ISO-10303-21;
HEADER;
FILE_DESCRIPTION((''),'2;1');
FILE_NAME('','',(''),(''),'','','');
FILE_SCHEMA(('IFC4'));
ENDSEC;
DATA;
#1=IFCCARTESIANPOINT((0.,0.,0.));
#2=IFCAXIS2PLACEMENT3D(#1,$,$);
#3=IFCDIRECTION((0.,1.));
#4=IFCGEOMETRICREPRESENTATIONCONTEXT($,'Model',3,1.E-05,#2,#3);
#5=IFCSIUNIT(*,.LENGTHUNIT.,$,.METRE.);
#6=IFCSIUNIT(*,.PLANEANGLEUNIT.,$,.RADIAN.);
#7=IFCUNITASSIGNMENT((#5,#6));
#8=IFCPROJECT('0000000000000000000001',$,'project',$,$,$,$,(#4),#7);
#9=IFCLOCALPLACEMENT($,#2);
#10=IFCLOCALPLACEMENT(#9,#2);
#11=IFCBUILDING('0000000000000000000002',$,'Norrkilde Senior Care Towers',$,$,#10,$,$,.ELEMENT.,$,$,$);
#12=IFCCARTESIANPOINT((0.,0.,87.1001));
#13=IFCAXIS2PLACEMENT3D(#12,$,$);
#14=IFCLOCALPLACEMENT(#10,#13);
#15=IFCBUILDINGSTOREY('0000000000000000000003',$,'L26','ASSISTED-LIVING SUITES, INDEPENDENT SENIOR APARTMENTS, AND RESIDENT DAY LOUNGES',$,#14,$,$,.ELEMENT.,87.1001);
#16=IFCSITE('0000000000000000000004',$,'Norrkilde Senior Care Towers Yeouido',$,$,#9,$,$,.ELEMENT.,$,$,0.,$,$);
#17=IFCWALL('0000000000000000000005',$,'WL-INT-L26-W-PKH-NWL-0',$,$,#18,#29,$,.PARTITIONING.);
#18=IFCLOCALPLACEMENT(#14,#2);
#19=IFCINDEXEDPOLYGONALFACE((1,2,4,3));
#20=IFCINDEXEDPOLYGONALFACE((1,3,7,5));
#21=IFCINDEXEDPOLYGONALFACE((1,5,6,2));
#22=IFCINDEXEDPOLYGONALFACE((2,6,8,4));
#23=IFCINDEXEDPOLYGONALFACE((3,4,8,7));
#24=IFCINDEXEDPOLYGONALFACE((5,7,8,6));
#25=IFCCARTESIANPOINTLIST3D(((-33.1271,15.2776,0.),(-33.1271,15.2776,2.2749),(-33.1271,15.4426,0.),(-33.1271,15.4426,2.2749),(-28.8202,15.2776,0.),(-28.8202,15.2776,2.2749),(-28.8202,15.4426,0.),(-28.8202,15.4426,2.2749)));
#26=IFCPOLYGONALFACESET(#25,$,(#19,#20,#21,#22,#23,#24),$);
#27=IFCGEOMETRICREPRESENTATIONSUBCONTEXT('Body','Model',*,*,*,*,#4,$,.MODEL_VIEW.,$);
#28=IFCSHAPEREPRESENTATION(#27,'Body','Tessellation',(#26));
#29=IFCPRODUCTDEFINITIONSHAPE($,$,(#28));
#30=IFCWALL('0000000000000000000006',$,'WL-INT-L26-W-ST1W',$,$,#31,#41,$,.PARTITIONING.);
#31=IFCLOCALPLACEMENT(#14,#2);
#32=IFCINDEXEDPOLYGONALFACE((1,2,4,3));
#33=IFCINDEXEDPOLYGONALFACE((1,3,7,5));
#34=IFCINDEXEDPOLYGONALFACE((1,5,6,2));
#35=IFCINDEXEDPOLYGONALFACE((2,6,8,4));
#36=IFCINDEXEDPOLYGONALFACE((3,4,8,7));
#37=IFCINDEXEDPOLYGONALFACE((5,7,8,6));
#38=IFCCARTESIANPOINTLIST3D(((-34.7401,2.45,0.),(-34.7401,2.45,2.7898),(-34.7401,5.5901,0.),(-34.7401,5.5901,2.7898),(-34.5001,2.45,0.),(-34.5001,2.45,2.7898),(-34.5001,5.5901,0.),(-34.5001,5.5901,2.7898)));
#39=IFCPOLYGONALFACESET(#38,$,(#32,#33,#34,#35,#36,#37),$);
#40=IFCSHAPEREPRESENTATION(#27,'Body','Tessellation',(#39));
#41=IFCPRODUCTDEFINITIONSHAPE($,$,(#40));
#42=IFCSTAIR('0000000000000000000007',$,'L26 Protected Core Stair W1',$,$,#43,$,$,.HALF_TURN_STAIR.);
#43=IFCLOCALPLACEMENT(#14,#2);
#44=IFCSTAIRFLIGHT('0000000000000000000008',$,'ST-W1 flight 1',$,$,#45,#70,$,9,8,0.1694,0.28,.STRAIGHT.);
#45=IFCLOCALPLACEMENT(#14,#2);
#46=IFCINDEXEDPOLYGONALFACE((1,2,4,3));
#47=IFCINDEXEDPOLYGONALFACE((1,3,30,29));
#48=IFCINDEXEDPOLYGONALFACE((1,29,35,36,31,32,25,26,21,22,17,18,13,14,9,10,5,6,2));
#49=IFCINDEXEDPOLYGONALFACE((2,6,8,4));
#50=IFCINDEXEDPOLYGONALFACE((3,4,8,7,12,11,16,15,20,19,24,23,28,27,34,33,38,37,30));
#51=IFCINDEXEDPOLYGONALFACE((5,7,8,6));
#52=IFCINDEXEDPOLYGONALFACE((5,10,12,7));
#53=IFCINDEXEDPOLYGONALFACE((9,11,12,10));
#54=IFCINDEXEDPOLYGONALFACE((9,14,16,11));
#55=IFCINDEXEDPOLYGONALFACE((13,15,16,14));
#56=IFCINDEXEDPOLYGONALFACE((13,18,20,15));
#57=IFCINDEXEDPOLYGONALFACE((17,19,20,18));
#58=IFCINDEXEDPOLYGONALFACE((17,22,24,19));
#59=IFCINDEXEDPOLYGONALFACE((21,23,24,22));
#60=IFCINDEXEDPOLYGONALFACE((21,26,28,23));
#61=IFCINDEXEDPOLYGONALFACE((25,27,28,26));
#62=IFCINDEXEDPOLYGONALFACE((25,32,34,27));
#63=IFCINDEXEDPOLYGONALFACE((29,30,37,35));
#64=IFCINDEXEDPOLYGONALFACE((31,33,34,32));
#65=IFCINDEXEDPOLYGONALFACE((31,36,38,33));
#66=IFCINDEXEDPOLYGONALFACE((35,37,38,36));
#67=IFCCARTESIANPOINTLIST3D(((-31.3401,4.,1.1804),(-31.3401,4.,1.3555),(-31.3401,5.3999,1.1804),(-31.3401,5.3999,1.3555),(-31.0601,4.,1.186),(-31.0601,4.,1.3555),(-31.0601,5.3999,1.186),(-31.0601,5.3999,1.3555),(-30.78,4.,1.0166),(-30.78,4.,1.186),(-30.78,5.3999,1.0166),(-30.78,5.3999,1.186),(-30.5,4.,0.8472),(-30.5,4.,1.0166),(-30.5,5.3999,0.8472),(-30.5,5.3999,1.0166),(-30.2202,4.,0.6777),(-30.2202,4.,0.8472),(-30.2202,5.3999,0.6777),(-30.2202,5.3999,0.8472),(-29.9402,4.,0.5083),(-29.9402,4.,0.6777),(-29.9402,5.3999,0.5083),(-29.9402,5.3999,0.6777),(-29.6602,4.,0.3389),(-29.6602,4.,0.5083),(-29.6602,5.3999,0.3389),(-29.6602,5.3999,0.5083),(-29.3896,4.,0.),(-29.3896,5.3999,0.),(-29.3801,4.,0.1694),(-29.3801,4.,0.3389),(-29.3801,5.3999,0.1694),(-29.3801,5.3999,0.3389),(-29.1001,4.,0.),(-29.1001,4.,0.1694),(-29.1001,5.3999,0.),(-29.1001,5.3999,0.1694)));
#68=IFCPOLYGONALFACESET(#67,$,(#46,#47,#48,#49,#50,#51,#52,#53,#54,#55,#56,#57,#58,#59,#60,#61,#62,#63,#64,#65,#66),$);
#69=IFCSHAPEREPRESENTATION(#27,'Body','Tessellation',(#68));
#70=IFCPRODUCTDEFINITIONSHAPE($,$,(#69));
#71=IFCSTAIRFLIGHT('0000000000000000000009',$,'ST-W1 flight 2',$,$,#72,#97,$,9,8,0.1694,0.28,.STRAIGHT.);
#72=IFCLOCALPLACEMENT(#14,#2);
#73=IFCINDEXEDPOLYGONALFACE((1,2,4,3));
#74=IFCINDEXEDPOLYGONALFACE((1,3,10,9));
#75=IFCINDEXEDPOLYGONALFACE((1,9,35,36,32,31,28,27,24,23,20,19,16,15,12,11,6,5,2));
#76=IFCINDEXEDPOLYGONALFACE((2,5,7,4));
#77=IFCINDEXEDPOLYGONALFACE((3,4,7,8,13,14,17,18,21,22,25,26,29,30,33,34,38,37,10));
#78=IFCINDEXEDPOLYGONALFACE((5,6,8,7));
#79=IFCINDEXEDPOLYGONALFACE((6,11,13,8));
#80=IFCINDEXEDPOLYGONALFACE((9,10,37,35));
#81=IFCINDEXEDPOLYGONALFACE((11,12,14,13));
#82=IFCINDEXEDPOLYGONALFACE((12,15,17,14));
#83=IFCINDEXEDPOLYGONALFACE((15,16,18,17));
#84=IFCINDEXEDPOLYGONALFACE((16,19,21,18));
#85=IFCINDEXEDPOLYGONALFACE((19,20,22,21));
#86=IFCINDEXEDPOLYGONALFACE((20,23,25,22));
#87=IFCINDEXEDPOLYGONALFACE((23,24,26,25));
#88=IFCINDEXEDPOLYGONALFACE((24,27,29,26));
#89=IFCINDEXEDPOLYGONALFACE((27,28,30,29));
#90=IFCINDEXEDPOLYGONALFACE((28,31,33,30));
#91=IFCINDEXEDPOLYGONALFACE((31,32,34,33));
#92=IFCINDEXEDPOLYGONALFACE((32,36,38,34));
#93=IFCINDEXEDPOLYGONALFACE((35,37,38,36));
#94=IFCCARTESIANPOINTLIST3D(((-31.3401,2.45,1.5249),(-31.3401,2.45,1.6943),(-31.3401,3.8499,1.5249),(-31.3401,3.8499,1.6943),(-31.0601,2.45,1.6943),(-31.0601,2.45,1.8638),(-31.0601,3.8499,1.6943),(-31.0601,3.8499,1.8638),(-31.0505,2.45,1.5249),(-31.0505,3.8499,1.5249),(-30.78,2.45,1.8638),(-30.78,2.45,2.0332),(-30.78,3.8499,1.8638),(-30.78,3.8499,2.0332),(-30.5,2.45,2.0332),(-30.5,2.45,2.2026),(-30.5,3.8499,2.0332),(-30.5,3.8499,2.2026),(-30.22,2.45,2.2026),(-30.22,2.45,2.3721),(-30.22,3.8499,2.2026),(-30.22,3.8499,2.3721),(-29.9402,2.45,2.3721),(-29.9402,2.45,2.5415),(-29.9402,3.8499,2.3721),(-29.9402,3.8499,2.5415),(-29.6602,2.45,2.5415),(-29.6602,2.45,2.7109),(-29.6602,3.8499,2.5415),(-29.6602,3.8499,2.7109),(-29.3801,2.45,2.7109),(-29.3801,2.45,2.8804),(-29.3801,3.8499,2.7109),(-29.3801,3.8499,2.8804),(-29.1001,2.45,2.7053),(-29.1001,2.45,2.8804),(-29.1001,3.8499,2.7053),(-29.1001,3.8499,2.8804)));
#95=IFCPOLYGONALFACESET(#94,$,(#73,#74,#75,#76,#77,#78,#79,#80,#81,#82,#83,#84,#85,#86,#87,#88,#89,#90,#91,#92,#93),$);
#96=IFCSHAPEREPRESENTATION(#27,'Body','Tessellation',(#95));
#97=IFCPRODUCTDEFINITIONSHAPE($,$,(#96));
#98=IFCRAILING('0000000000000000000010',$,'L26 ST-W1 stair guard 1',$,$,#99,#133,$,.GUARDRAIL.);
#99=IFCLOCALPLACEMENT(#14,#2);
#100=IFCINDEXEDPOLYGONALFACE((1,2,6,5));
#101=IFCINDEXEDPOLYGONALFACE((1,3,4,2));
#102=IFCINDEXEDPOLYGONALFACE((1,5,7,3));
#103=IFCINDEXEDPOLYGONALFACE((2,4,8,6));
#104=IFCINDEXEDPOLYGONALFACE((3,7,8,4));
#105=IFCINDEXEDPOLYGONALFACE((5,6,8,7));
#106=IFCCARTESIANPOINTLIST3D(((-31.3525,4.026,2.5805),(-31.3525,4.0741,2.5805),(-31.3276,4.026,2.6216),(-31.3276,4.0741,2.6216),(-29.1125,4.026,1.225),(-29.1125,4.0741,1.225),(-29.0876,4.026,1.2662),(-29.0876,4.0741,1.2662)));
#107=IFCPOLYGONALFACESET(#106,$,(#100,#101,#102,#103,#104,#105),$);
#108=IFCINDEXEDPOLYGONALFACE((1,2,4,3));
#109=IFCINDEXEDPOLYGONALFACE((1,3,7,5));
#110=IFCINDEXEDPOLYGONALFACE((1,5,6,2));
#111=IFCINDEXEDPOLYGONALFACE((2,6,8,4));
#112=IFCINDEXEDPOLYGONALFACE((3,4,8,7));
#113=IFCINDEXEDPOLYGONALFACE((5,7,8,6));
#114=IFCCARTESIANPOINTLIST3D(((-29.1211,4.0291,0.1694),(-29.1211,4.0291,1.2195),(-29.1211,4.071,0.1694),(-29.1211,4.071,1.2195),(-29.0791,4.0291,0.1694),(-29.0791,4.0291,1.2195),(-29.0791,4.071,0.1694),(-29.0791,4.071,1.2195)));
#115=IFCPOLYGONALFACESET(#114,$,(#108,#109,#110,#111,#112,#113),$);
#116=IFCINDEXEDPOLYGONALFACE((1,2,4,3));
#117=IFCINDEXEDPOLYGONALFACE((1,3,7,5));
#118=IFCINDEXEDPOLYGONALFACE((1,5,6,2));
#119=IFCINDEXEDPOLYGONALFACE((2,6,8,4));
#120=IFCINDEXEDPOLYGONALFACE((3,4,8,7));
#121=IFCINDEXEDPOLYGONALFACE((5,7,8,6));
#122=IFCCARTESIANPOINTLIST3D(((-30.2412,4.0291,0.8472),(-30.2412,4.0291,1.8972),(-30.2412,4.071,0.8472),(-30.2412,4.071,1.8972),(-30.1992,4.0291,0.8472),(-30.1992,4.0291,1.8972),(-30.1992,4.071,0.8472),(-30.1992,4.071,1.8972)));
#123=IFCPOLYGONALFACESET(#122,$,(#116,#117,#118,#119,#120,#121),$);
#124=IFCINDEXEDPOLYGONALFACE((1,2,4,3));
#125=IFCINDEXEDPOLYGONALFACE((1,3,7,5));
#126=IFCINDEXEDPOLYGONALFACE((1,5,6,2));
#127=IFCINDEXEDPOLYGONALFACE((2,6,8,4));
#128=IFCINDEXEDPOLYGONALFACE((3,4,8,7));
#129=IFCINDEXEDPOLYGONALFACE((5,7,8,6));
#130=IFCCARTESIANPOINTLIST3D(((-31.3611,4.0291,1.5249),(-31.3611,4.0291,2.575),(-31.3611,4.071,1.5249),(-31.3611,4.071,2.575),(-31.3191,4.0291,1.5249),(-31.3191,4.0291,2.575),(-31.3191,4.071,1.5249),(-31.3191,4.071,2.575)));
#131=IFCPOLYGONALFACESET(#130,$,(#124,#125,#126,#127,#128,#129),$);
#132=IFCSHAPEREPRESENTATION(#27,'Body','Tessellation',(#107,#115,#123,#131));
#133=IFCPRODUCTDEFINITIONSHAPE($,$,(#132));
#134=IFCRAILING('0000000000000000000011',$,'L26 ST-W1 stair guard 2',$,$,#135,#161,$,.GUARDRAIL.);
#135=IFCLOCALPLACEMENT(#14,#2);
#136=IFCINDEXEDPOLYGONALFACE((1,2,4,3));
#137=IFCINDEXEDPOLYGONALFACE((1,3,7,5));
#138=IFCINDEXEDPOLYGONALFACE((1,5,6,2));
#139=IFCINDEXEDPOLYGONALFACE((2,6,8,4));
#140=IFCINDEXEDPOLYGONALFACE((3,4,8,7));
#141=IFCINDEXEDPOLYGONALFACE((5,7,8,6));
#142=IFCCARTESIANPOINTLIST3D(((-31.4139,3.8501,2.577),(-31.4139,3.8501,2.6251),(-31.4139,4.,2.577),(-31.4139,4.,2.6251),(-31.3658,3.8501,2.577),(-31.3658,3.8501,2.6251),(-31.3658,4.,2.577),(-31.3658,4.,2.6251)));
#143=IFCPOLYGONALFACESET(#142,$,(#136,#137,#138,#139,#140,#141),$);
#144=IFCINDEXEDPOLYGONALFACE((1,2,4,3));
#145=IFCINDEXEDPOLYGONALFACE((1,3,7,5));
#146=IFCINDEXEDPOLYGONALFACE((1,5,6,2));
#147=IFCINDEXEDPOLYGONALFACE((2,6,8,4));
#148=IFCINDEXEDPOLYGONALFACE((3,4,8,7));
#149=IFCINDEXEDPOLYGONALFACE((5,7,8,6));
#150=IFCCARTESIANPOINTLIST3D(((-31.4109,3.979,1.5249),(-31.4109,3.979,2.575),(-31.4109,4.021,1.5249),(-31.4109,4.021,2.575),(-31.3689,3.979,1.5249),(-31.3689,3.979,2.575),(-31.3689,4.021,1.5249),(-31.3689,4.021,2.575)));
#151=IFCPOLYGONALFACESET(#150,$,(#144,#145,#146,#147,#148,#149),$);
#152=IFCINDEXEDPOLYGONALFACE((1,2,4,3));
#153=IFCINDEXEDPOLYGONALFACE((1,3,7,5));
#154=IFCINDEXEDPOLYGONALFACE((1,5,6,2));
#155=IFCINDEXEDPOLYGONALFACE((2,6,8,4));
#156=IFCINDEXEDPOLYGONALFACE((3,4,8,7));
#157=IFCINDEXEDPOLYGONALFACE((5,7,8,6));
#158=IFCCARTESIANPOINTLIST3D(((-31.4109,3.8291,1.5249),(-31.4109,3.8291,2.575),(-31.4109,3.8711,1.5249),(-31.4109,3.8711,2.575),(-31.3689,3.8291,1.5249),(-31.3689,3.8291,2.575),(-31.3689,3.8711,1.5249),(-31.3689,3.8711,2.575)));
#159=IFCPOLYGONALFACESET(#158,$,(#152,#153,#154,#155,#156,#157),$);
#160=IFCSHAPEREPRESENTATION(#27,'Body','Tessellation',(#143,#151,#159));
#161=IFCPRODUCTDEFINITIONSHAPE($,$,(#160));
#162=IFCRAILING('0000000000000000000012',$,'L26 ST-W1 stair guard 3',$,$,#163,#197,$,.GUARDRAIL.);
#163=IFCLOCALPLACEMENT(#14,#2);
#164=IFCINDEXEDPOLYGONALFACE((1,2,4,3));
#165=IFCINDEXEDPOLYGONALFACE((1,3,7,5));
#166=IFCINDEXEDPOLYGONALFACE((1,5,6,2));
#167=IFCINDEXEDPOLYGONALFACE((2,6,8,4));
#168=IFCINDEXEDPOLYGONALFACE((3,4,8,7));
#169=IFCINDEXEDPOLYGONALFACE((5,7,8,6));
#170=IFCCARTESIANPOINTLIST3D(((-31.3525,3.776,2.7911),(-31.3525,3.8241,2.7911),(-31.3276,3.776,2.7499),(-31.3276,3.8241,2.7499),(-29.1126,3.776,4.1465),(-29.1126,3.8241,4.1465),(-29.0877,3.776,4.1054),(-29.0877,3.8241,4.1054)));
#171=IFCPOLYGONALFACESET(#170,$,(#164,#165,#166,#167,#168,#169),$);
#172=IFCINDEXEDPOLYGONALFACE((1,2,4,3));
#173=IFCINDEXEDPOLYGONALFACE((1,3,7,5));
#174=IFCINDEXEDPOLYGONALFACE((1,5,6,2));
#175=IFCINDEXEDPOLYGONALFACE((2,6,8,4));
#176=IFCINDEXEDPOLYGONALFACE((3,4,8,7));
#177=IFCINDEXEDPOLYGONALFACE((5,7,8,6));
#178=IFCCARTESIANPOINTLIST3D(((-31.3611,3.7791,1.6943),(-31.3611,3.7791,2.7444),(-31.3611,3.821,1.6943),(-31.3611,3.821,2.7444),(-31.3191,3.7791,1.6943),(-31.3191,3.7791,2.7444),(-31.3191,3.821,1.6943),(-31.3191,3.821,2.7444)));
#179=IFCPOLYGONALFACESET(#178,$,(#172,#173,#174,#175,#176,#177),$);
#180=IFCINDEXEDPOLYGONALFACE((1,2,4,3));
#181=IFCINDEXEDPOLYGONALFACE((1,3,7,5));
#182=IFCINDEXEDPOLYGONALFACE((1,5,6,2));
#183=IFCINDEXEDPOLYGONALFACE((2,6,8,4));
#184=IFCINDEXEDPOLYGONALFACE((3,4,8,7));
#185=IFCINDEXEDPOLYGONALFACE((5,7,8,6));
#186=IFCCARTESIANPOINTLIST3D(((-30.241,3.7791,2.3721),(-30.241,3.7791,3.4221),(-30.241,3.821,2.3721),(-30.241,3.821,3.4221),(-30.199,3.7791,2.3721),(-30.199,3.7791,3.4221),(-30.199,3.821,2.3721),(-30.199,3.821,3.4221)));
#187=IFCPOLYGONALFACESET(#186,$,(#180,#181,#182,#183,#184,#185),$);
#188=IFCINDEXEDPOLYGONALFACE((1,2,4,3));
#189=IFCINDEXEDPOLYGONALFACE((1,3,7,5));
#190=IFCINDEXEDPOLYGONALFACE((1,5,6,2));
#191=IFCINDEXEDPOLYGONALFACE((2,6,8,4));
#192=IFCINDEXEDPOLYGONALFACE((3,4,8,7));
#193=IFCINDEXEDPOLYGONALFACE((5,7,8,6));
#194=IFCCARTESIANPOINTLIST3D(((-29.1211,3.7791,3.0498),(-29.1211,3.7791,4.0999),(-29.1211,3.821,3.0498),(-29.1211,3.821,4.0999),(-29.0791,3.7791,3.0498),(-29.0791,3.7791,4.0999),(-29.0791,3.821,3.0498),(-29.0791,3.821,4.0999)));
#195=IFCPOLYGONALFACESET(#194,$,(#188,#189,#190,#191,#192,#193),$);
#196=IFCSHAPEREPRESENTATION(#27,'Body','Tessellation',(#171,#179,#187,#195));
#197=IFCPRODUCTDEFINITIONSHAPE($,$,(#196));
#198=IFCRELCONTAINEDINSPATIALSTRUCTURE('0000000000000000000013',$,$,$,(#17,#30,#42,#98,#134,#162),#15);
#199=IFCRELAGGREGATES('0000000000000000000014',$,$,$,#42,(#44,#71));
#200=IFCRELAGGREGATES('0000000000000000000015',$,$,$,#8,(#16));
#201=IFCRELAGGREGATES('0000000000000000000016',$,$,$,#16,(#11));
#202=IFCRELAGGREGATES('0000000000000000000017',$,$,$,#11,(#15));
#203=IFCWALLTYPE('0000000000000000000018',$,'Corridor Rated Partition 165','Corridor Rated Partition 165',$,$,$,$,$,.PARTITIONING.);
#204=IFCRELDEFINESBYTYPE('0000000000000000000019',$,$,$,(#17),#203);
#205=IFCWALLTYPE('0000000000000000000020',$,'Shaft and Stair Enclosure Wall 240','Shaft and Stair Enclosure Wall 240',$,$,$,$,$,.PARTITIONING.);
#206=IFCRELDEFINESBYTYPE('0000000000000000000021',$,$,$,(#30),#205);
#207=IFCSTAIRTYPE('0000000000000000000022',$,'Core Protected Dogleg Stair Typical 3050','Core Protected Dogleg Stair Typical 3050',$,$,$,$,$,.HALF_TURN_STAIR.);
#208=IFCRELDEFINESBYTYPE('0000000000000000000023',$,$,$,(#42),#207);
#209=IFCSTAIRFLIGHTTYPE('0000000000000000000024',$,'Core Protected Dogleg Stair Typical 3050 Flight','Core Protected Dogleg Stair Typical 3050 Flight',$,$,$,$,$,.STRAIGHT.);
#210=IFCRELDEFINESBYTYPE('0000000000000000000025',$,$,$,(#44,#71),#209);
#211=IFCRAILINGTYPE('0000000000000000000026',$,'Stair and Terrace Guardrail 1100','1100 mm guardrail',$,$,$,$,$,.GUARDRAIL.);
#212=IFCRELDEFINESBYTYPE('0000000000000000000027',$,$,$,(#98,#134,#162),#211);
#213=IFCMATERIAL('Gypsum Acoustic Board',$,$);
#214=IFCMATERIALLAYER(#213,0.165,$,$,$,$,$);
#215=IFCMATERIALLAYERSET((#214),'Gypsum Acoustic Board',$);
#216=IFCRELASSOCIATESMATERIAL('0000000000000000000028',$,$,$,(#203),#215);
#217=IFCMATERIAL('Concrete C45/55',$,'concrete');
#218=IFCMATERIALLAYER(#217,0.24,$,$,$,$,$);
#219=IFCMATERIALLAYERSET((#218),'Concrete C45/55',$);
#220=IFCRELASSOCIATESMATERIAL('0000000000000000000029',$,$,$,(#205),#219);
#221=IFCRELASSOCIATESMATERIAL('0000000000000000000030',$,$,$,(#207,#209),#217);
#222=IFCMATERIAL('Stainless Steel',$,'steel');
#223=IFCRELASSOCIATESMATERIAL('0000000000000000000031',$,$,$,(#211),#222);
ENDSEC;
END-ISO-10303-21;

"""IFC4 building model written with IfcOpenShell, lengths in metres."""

from ifc_helpers import new_model, si_unit, direction, frame, frame_2d, origin, origin_2d, place, context, subcontext, project, spatial, polyline, rectangle, outline, extrude, source, transform, mapped, material, layer, layer_set, type_object, type_shapes, element, aggregate, save


model = new_model("IFC4")

# Units and contexts
model_context = context("Model", 3, precision=1e-05, world=origin(), true_north=direction((0.0, 1.0)))
body_context = subcontext(model_context, "Body", "Model", "MODEL_VIEW")
ifc_project = project(units=[si_unit("LENGTHUNIT", "METRE"), si_unit("PLANEANGLEUNIT", "RADIAN")], contexts=[model_context])

# Site, building, storey
site_placement = place(None, origin())
site = spatial("IfcSite", under=ifc_project, at=site_placement, Name="Norrkilde Senior Care Towers Yeouido", CompositionType="ELEMENT", RefElevation=0.0)
building_placement = place(site_placement, origin())
building = spatial("IfcBuilding", under=site, at=building_placement, Name="Norrkilde Senior Care Towers", CompositionType="ELEMENT")
storey_placement = place(building_placement, frame((0.0, 0.0, 87.1001)))
storey = spatial("IfcBuildingStorey", under=building, at=storey_placement, Name="L26", Description="ASSISTED-LIVING SUITES, INDEPENDENT SENIOR APARTMENTS, AND RESIDENT DAY LOUNGES", CompositionType="ELEMENT", Elevation=87.1001)

# Shared definitions
ifc_material_1 = material(Name="Gypsum Acoustic Board")
ifc_layer_1 = layer(ifc_material_1, 0.165)
ifc_layer_set_1 = layer_set([ifc_layer_1], Name="Gypsum Acoustic Board")
wall_type_1 = type_object("IfcWallType", Name="Corridor Rated Partition 165", Description="Corridor Rated Partition 165", PredefinedType="PARTITIONING", material=ifc_layer_set_1)

# Walls
shared_shape_1 = source(origin(), body_context, "Body", "SweptSolid", [
    extrude(rectangle(XDim=4.3069, YDim=0.165, at=frame_2d((2.1533, 0.0))), origin(), (0.0, 0.0, 1.0), 2.2749),
])
wall_1_placement = place(storey_placement, frame((-33.127, 15.3601, 0.0), z_axis=(0.0, 0.0, 1.0), x_axis=(1.0, 0.0, 0.0)))
element("IfcWall", 1, at=wall_1_placement, inside=storey, type_object=wall_type_1, Name="WL-INT-L26-W-PKH-NWL-0", PredefinedType="PARTITIONING", context=body_context, shape_type="MappedRepresentation", body=[
    mapped(shared_shape_1, transform((0.0, 0.0, 0.0), x_axis=(1.0, 0.0, 0.0), y_axis=(0.0, 1.0, 0.0), z_axis=(0.0, 0.0, 1.0), scale=1.0)),
])
ifc_material_2 = material(Name="Concrete C45/55", Category="concrete")
ifc_layer_2 = layer(ifc_material_2, 0.24)
ifc_layer_set_2 = layer_set([ifc_layer_2], Name="Concrete C45/55")
wall_type_2 = type_object("IfcWallType", Name="Shaft and Stair Enclosure Wall 240", Description="Shaft and Stair Enclosure Wall 240", PredefinedType="PARTITIONING", material=ifc_layer_set_2)
shared_shape_2 = source(origin(), body_context, "Body", "SweptSolid", [
    extrude(rectangle(XDim=3.1401, YDim=0.24, at=frame_2d((1.5701, 0.0))), origin(), (0.0, 0.0, 1.0), 2.7898),
])
type_shapes(wall_type_2, [shared_shape_2])
wall_2_placement = place(storey_placement, frame((-34.6201, 2.45, 0.0), z_axis=(0.0, 0.0, 1.0), x_axis=(0.0, 1.0, 0.0)))
element("IfcWall", 2, at=wall_2_placement, inside=storey, type_object=wall_type_2, Name="WL-INT-L26-W-ST1W", PredefinedType="PARTITIONING", context=body_context, shape_type="MappedRepresentation", body=[
    mapped(shared_shape_2, transform((0.0, 0.0, 0.0), x_axis=(1.0, 0.0, 0.0), y_axis=(0.0, 1.0, 0.0), z_axis=(0.0, 0.0, 1.0), scale=1.0)),
])

# Stair, stair flights
stair_type = type_object("IfcStairType", Name="Core Protected Dogleg Stair Typical 3050", Description="Core Protected Dogleg Stair Typical 3050", PredefinedType="HALF_TURN_STAIR", material=ifc_material_2)
stair_placement = place(storey_placement, origin())
stair = element("IfcStair", 3, at=stair_placement, inside=storey, type_object=stair_type, Name="L26 Protected Core Stair W1", PredefinedType="HALF_TURN_STAIR")
stair_flight_type = type_object("IfcStairFlightType", Name="Core Protected Dogleg Stair Typical 3050 Flight", Description="Core Protected Dogleg Stair Typical 3050 Flight", PredefinedType="STRAIGHT", material=ifc_material_2)
stair_flight_1_placement = place(storey_placement, frame((-29.1001, 4.7, 0.0), z_axis=(0.0, 0.0, 1.0), x_axis=(-1.0, 0.0, 0.0)))
stair_flight_1 = element("IfcStairFlight", 4, at=stair_flight_1_placement, type_object=stair_flight_type, Name="ST-W1 flight 1", NumberOfRisers=9, NumberOfTreads=8, PredefinedType="STRAIGHT", RiserHeight=0.1694, TreadLength=0.28, context=body_context, shape_type="SweptSolid", body=[
    extrude(outline(polyline([(0.0, 0.0), (0.0, 0.1694), (0.28, 0.1694), (0.28, 0.3389), (0.5601, 0.3389), (0.5601, 0.5083), (0.8401, 0.5083), (0.8401, 0.6777), (1.1201, 0.6777), (1.1201, 0.8472), (1.3999, 0.8472), (1.3999, 1.0166), (1.6799, 1.0166), (1.6799, 1.186), (1.96, 1.186), (1.96, 1.3555), (2.24, 1.3555), (2.24, 1.5249), (2.24, 1.1804), (0.2896, 0.0), (0.0, 0.0)])), frame((0.0, 0.7, 0.0), z_axis=(0.0, -1.0, 0.0), x_axis=(1.0, 0.0, 0.0)), (0.0, 0.0, 1.0), 1.3999),
])
stair_flight_2_placement = place(storey_placement, frame((-31.3401, 3.1499, 1.5249), z_axis=(0.0, 0.0, 1.0), x_axis=(1.0, 0.0, 0.0)))
stair_flight_2 = element("IfcStairFlight", 5, at=stair_flight_2_placement, type_object=stair_flight_type, Name="ST-W1 flight 2", NumberOfRisers=9, NumberOfTreads=8, PredefinedType="STRAIGHT", RiserHeight=0.1694, TreadLength=0.28, context=body_context, shape_type="SweptSolid", body=[
    extrude(outline(polyline([(0.0, 0.0), (0.0, 0.1694), (0.28, 0.1694), (0.28, 0.3389), (0.5601, 0.3389), (0.5601, 0.5083), (0.8401, 0.5083), (0.8401, 0.6777), (1.1201, 0.6777), (1.1201, 0.8472), (1.3999, 0.8472), (1.3999, 1.0166), (1.6799, 1.0166), (1.6799, 1.186), (1.96, 1.186), (1.96, 1.3555), (2.24, 1.3555), (2.24, 1.5249), (2.24, 1.1804), (0.2896, 0.0), (0.0, 0.0)])), frame((0.0, 0.7, 0.0), z_axis=(0.0, -1.0, 0.0), x_axis=(1.0, 0.0, 0.0)), (0.0, 0.0, 1.0), 1.3999),
])
aggregate(stair, [stair_flight_1, stair_flight_2])

# Railings
ifc_material_3 = material(Name="Stainless Steel", Category="steel")
railing_type_1 = type_object("IfcRailingType", Name="Stair and Terrace Guardrail 1100", Description="1100 mm guardrail", PredefinedType="GUARDRAIL", material=ifc_material_3)
railing_1_placement = place(storey_placement, frame((-29.1001, 4.05, 0.1694)))
element("IfcRailing", 6, at=railing_1_placement, inside=storey, type_object=railing_type_1, Name="L26 ST-W1 stair guard 1", PredefinedType="GUARDRAIL", context=body_context, shape_type="SweptSolid", body=[
    extrude(rectangle(XDim=0.0481, YDim=0.0481, at=origin_2d()), frame((0.0, 0.0, 1.0762), z_axis=(-0.855553, 0.0, 0.517715), x_axis=(0.0, -1.0, 0.0)), (0.0, 0.0, 1.0), 2.6182),
    extrude(rectangle(XDim=0.042, YDim=0.042, at=origin_2d()), origin(), (0.0, 0.0, 1.0), 1.05),
    extrude(rectangle(XDim=0.042, YDim=0.042, at=origin_2d()), frame((-1.1201, 0.0, 0.6777)), (0.0, 0.0, 1.0), 1.05),
    extrude(rectangle(XDim=0.042, YDim=0.042, at=origin_2d()), frame((-2.24, 0.0, 1.3555)), (0.0, 0.0, 1.0), 1.05),
])
railing_2_placement = place(storey_placement, frame((-31.3899, 4.0, 1.5249)))
element("IfcRailing", 7, at=railing_2_placement, inside=storey, type_object=railing_type_1, Name="L26 ST-W1 stair guard 2", PredefinedType="GUARDRAIL", context=body_context, shape_type="SweptSolid", body=[
    extrude(rectangle(XDim=0.0481, YDim=0.0481, at=origin_2d()), frame((0.0, 0.0, 1.0762), z_axis=(0.0, -1.0, 0.0), x_axis=(1.0, 0.0, 0.0)), (0.0, 0.0, 1.0), 0.1499),
    extrude(rectangle(XDim=0.042, YDim=0.042, at=origin_2d()), origin(), (0.0, 0.0, 1.0), 1.05),
    extrude(rectangle(XDim=0.042, YDim=0.042, at=origin_2d()), frame((0.0, -0.1499, 0.0)), (0.0, 0.0, 1.0), 1.05),
])
railing_3_placement = place(storey_placement, frame((-31.3401, 3.8, 1.6943)))
element("IfcRailing", 8, at=railing_3_placement, inside=storey, type_object=railing_type_1, Name="L26 ST-W1 stair guard 3", PredefinedType="GUARDRAIL", context=body_context, shape_type="SweptSolid", body=[
    extrude(rectangle(XDim=0.0481, YDim=0.0481, at=origin_2d()), frame((0.0, 0.0, 1.0762), z_axis=(0.855553, 0.0, 0.517715), x_axis=(0.0, 1.0, 0.0)), (0.0, 0.0, 1.0), 2.6182),
    extrude(rectangle(XDim=0.042, YDim=0.042, at=origin_2d()), origin(), (0.0, 0.0, 1.0), 1.05),
    extrude(rectangle(XDim=0.042, YDim=0.042, at=origin_2d()), frame((1.1201, 0.0, 0.6777)), (0.0, 0.0, 1.0), 1.05),
    extrude(rectangle(XDim=0.042, YDim=0.042, at=origin_2d()), frame((2.24, 0.0, 1.3555)), (0.0, 0.0, 1.0), 1.05),
])

save(model, "model.ifc")
